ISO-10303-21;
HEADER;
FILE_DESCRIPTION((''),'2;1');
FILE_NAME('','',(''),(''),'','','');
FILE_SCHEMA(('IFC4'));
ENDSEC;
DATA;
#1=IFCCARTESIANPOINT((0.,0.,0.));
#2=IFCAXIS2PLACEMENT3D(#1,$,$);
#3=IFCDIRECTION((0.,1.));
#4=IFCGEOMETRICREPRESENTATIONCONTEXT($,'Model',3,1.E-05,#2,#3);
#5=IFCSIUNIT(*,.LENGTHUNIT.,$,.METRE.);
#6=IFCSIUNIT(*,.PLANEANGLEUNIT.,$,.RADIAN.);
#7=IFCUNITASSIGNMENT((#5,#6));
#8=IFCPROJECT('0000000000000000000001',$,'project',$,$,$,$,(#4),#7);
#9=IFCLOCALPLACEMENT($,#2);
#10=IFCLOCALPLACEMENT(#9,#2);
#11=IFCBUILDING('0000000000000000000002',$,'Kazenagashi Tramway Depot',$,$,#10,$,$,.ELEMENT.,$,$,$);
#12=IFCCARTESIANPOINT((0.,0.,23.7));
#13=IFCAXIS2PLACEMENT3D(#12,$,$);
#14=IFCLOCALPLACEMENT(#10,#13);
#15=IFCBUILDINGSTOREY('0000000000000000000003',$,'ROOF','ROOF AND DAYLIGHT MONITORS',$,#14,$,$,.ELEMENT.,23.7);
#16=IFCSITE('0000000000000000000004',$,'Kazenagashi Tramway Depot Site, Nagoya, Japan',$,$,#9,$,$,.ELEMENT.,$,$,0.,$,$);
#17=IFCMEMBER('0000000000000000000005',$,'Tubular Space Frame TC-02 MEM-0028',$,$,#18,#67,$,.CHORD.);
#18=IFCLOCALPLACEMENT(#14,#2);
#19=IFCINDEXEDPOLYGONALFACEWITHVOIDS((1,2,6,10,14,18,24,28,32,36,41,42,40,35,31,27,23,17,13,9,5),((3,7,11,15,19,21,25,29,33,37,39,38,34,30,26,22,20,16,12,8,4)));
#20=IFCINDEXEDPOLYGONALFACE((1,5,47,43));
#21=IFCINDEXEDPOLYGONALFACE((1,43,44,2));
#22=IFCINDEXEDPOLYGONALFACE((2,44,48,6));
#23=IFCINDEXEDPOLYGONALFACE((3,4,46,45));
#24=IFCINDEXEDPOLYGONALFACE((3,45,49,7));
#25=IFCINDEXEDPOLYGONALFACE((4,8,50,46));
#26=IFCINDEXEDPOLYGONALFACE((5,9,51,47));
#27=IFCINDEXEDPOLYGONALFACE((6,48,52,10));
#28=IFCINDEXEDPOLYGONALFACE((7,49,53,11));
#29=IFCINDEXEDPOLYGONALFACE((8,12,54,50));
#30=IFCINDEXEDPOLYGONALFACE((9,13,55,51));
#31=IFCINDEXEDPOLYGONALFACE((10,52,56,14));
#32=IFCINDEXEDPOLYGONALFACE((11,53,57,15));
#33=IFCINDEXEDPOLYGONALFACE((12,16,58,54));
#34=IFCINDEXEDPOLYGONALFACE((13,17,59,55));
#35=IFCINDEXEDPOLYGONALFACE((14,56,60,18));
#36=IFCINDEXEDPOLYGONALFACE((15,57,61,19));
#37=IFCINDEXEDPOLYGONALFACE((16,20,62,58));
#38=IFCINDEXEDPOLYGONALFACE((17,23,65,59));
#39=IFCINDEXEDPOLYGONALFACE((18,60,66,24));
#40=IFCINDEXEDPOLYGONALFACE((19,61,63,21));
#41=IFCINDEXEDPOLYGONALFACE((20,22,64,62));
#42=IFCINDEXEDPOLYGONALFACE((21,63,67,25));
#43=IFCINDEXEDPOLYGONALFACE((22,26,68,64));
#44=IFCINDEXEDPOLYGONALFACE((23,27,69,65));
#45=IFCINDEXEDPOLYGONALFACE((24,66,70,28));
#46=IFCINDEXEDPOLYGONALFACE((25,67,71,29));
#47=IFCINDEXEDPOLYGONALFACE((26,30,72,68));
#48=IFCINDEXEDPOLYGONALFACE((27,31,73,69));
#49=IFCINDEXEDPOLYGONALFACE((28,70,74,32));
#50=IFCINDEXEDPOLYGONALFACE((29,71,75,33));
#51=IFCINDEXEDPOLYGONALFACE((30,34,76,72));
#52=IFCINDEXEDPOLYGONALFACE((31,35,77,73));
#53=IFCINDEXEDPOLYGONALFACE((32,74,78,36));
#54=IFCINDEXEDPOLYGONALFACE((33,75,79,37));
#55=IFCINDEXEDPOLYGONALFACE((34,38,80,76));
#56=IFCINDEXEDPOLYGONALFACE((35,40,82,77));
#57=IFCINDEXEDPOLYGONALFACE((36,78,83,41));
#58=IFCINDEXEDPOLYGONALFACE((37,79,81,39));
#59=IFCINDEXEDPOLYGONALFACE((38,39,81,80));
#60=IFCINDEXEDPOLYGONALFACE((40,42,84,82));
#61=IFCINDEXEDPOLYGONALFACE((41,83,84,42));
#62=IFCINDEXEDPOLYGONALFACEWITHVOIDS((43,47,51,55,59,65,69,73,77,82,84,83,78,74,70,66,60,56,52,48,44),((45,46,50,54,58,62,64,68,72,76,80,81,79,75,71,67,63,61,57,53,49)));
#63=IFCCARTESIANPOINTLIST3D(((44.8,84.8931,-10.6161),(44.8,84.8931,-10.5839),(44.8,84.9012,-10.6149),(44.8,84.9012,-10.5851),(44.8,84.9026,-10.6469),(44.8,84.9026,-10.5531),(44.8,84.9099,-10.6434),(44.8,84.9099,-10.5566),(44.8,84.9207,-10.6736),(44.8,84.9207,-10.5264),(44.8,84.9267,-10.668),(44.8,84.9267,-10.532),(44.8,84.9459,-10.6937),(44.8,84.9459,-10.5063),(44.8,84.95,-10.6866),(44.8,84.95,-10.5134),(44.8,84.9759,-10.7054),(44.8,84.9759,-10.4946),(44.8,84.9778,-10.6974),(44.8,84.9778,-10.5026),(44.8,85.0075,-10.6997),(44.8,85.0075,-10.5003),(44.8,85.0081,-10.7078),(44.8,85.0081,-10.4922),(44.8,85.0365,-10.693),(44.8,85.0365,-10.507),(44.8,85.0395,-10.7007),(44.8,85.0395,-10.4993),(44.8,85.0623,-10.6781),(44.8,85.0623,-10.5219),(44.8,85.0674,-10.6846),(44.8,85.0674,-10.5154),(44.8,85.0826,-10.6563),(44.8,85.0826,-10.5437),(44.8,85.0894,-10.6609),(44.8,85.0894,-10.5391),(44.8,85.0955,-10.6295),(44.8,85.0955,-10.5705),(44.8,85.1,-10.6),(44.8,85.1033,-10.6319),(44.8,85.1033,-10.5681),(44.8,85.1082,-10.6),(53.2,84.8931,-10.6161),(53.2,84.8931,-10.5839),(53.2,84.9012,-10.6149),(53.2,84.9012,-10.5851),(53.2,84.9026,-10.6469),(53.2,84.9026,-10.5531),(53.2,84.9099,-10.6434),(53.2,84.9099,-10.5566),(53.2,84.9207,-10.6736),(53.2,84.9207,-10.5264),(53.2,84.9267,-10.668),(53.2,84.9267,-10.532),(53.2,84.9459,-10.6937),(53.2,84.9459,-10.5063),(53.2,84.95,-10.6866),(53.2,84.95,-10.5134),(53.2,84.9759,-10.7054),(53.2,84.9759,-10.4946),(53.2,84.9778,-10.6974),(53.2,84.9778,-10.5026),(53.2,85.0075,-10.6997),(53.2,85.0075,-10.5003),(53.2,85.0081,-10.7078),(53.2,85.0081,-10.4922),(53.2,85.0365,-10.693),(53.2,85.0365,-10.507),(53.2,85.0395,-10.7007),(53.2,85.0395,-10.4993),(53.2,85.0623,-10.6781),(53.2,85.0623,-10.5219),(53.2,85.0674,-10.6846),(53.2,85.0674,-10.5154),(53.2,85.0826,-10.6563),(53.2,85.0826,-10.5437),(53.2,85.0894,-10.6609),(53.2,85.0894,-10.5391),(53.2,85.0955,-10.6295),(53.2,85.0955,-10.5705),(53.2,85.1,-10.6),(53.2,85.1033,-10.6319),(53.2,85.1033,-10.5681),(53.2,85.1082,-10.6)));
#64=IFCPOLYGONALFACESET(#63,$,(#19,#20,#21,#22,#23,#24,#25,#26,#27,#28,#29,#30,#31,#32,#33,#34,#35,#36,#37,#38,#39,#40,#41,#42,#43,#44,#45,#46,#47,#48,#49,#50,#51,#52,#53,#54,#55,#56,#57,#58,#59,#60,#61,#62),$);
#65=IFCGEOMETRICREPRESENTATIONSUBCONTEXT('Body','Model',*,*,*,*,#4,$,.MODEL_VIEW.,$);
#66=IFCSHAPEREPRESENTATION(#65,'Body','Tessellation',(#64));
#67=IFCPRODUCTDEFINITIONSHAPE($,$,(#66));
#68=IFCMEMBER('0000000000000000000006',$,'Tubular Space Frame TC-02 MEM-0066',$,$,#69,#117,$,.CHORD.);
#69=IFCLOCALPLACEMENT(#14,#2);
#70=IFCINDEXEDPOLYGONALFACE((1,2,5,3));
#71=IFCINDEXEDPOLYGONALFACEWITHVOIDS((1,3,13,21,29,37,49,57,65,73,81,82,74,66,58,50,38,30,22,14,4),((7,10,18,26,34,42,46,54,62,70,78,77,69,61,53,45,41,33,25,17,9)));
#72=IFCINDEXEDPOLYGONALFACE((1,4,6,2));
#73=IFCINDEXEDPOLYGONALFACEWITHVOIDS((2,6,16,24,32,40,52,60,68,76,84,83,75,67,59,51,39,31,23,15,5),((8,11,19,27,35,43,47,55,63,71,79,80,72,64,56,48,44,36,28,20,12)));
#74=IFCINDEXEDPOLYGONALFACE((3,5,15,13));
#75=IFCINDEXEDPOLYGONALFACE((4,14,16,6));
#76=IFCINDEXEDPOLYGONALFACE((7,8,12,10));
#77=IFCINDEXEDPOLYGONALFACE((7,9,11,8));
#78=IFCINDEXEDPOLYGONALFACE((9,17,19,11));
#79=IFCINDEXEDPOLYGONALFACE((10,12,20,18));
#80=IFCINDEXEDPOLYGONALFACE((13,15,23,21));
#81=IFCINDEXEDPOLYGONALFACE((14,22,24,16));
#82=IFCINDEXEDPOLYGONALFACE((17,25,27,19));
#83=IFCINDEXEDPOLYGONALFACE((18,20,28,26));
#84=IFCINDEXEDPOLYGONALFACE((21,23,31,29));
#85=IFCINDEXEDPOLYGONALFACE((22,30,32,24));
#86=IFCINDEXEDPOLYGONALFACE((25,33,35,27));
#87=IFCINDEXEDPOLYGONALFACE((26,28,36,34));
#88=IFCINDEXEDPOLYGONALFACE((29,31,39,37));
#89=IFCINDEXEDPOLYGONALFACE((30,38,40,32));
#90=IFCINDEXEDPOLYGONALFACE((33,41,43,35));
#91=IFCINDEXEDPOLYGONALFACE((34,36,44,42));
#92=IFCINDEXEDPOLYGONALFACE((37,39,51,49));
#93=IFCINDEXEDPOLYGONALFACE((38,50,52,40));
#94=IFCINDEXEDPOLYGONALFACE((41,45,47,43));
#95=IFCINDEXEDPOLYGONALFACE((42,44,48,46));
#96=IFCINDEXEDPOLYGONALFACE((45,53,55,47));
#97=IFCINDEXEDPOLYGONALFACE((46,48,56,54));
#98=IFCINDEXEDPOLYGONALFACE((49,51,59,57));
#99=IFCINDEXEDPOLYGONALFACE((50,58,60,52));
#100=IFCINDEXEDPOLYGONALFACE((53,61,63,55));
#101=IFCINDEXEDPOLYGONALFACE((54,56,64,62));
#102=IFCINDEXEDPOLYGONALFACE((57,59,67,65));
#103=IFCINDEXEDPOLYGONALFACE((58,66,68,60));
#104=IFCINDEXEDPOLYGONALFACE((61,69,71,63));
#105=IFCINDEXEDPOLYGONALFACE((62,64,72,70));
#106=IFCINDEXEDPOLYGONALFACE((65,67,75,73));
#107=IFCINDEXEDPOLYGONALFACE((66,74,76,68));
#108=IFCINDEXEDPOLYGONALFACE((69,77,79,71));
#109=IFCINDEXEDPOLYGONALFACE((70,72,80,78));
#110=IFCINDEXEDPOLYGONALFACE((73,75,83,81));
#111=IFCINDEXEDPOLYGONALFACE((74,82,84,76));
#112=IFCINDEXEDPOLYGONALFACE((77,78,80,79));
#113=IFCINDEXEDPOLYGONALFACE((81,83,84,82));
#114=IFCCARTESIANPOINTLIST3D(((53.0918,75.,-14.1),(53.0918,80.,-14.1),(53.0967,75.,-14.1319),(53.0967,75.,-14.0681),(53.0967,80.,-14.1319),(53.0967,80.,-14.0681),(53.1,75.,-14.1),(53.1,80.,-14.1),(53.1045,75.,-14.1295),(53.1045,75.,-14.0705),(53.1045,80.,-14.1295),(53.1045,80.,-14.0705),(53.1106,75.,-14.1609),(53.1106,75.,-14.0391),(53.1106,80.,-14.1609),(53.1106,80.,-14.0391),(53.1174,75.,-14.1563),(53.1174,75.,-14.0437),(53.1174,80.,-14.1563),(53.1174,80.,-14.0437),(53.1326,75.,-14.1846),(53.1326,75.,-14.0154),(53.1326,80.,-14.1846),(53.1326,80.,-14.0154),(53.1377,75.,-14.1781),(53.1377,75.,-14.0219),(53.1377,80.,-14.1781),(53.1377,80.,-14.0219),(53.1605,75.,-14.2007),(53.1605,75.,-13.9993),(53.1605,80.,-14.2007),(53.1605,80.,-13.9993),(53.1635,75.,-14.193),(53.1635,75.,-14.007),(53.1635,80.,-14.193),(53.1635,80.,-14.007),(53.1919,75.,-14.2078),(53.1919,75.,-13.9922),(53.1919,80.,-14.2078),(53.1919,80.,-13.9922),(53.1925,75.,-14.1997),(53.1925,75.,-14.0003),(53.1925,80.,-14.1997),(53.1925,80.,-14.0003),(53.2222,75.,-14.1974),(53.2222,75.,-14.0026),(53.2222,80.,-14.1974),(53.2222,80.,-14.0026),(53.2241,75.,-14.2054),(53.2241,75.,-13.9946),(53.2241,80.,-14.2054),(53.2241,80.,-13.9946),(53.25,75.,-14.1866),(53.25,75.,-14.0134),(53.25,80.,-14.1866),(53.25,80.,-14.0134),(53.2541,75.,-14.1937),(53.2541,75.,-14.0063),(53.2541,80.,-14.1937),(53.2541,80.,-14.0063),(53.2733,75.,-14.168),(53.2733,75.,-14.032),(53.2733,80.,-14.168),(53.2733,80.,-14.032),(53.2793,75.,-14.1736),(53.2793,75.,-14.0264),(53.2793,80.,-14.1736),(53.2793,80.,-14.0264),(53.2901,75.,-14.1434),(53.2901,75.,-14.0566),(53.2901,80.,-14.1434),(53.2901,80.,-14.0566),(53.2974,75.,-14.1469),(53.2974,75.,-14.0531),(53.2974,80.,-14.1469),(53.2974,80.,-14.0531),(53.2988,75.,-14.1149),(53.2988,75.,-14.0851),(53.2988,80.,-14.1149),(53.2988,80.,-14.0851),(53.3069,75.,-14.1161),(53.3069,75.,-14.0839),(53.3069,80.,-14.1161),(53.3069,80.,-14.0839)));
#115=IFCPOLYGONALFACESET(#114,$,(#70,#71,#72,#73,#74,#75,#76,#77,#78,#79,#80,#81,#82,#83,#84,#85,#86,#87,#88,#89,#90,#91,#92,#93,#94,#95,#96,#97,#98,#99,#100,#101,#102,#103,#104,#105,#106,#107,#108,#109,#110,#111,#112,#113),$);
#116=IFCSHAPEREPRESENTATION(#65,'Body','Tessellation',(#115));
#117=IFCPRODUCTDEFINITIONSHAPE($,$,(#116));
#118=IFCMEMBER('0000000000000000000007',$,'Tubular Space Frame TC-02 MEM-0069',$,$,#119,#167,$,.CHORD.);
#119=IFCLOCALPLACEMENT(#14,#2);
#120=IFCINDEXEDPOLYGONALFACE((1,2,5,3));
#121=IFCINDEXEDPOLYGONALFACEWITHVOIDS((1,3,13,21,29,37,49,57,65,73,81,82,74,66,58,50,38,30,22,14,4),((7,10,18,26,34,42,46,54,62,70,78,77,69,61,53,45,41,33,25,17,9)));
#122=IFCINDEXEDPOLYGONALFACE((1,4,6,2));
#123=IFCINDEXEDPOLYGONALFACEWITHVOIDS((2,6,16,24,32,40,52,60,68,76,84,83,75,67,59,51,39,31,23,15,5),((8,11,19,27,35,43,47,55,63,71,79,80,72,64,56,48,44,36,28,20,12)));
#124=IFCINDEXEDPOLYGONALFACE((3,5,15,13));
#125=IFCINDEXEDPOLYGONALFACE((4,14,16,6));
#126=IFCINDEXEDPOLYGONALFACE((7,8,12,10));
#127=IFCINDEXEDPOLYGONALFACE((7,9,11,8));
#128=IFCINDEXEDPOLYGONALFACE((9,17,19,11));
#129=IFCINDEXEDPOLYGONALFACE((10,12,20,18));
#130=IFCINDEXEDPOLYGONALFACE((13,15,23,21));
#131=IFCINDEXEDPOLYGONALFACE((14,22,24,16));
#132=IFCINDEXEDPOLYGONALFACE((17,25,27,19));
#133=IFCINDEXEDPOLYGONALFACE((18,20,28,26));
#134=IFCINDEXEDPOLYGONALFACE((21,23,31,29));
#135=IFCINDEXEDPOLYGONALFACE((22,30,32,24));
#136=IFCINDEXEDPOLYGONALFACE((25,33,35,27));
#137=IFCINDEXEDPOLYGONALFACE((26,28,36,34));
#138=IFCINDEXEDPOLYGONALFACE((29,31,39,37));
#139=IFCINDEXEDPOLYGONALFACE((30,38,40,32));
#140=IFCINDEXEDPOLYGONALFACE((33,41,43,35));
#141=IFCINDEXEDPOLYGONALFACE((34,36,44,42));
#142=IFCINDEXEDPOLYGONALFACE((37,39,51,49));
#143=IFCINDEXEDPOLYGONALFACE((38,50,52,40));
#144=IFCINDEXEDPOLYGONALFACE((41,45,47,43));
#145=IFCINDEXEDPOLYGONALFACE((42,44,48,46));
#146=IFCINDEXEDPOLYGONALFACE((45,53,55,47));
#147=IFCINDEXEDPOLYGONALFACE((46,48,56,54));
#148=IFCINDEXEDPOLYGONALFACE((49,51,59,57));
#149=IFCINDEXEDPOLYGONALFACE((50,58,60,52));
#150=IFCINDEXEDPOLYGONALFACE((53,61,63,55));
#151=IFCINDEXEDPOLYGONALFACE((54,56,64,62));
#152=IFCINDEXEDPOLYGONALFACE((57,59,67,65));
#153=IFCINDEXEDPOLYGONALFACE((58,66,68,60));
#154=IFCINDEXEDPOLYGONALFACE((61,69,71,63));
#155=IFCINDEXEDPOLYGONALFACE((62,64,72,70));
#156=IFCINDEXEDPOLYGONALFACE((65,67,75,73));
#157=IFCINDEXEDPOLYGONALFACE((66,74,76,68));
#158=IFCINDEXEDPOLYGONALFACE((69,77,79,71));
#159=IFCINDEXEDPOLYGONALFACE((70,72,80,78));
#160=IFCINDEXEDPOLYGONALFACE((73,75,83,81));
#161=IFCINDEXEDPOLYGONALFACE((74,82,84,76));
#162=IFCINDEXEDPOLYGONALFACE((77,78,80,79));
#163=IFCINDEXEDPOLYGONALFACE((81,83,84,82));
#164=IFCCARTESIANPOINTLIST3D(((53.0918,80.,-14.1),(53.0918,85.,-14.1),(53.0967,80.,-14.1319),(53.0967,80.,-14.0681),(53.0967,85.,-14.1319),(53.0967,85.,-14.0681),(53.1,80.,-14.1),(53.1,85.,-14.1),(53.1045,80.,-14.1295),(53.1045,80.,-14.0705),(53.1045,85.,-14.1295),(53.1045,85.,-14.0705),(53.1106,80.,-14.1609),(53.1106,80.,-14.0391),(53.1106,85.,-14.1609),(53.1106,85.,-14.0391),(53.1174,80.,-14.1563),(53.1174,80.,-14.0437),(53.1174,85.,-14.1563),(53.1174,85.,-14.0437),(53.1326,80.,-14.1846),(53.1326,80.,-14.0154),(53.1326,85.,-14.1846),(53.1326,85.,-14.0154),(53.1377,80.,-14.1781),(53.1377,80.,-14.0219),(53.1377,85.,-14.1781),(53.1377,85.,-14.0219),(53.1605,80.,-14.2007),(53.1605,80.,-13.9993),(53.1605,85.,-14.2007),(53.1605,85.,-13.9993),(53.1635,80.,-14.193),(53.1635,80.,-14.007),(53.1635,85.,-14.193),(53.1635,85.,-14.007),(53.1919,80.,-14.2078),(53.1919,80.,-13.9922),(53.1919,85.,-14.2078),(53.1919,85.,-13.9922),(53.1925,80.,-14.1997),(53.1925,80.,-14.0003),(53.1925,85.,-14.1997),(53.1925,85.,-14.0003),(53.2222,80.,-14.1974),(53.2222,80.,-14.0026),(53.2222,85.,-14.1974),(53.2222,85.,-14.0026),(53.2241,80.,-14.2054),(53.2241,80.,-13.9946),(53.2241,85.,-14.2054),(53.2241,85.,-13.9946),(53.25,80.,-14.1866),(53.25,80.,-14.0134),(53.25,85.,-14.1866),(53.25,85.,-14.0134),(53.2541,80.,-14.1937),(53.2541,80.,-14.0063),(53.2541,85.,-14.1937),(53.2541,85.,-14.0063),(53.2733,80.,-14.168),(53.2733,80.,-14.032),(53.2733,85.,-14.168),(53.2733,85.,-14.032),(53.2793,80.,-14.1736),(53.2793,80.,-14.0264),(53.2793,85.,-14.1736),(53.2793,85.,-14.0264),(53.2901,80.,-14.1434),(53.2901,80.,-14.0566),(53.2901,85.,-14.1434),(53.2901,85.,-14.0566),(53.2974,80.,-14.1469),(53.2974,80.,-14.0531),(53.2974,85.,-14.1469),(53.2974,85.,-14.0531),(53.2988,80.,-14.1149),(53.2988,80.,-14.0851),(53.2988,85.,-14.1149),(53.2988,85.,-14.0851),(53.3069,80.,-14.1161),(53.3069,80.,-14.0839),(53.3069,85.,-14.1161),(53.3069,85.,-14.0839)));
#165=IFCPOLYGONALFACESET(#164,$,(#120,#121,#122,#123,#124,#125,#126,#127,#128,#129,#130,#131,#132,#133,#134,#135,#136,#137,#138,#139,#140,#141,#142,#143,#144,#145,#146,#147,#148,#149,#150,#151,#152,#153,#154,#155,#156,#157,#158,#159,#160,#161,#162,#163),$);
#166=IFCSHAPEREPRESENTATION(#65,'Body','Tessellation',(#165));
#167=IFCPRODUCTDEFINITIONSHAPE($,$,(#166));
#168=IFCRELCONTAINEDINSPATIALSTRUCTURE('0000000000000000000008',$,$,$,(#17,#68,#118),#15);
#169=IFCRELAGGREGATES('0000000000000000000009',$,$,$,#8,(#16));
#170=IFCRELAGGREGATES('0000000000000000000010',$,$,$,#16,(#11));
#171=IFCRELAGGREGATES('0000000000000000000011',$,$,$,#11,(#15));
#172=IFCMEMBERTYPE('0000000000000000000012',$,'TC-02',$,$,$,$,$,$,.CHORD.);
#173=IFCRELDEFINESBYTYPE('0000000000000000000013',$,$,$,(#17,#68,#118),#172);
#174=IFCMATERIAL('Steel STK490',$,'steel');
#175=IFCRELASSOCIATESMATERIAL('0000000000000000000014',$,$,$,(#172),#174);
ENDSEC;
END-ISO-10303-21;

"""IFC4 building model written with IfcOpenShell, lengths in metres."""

from ifc_helpers import new_model, si_unit, direction, frame, origin, origin_2d, place, context, subcontext, project, spatial, hollow_circle, extrude, material, material_profile, profile_set, type_object, element, save


model = new_model("IFC4")

# Units and contexts
model_context = context("Model", 3, precision=1e-05, world=origin(), true_north=direction((0.0, 1.0)))
body_context = subcontext(model_context, "Body", "Model", "MODEL_VIEW")
ifc_project = project(units=[si_unit("LENGTHUNIT", "METRE"), si_unit("PLANEANGLEUNIT", "RADIAN")], contexts=[model_context])

# Site, building, storey
site_placement = place(None, origin())
site = spatial("IfcSite", under=ifc_project, at=site_placement, Name="Kazenagashi Tramway Depot Site, Nagoya, Japan", CompositionType="ELEMENT", RefElevation=0.0)
building_placement = place(site_placement, origin())
building = spatial("IfcBuilding", under=site, at=building_placement, Name="Kazenagashi Tramway Depot", CompositionType="ELEMENT")
storey_placement = place(building_placement, frame((0.0, 0.0, 23.7)))
storey = spatial("IfcBuildingStorey", under=building, at=storey_placement, Name="ROOF", Description="ROOF AND DAYLIGHT MONITORS", CompositionType="ELEMENT", Elevation=23.7)

# Members
ifc_material_1 = material(Name="Steel STK490", Category="steel")
ifc_material_profile_1 = material_profile(ifc_material_1, hollow_circle(Radius=0.1081, WallThickness=0.0082, at=origin_2d()), Name="CHS-216.3x8.2")
ifc_profile_set_1 = profile_set([ifc_material_profile_1], Name="Steel STK490")
member_type_1 = type_object("IfcMemberType", Name="TC-02", PredefinedType="CHORD", material=ifc_profile_set_1)
for number, where, z_axis, x_axis, name in (
    (1, (44.8, 85.0, -10.6), (1.0, 0.0, 0.0), (0.0, 1.0, 0.0), "Tubular Space Frame TC-02 MEM-0028"),
):
    element("IfcMember", number, at=place(storey_placement, frame(where, z_axis=z_axis, x_axis=x_axis)), inside=storey, type_object=member_type_1, Name=name, PredefinedType="CHORD", context=body_context, shape_type="SweptSolid", body=[
        extrude(hollow_circle(Radius=0.1081, WallThickness=0.0082, at=origin_2d()), origin(), (0.0, 0.0, 1.0), 8.4),
    ])
for number, where, z_axis, x_axis, name in (
    (2, (53.2, 75.0, -14.1), (0.0, 1.0, 0.0), (-1.0, 0.0, 0.0), "Tubular Space Frame TC-02 MEM-0066"),
    (3, (53.2, 80.0, -14.1), (0.0, 1.0, 0.0), (-1.0, 0.0, 0.0), "Tubular Space Frame TC-02 MEM-0069"),
):
    element("IfcMember", number, at=place(storey_placement, frame(where, z_axis=z_axis, x_axis=x_axis)), inside=storey, type_object=member_type_1, Name=name, PredefinedType="CHORD", context=body_context, shape_type="SweptSolid", body=[
        extrude(hollow_circle(Radius=0.1081, WallThickness=0.0082, at=origin_2d()), origin(), (0.0, 0.0, 1.0), 5.0),
    ])

save(model, "model.ifc")
